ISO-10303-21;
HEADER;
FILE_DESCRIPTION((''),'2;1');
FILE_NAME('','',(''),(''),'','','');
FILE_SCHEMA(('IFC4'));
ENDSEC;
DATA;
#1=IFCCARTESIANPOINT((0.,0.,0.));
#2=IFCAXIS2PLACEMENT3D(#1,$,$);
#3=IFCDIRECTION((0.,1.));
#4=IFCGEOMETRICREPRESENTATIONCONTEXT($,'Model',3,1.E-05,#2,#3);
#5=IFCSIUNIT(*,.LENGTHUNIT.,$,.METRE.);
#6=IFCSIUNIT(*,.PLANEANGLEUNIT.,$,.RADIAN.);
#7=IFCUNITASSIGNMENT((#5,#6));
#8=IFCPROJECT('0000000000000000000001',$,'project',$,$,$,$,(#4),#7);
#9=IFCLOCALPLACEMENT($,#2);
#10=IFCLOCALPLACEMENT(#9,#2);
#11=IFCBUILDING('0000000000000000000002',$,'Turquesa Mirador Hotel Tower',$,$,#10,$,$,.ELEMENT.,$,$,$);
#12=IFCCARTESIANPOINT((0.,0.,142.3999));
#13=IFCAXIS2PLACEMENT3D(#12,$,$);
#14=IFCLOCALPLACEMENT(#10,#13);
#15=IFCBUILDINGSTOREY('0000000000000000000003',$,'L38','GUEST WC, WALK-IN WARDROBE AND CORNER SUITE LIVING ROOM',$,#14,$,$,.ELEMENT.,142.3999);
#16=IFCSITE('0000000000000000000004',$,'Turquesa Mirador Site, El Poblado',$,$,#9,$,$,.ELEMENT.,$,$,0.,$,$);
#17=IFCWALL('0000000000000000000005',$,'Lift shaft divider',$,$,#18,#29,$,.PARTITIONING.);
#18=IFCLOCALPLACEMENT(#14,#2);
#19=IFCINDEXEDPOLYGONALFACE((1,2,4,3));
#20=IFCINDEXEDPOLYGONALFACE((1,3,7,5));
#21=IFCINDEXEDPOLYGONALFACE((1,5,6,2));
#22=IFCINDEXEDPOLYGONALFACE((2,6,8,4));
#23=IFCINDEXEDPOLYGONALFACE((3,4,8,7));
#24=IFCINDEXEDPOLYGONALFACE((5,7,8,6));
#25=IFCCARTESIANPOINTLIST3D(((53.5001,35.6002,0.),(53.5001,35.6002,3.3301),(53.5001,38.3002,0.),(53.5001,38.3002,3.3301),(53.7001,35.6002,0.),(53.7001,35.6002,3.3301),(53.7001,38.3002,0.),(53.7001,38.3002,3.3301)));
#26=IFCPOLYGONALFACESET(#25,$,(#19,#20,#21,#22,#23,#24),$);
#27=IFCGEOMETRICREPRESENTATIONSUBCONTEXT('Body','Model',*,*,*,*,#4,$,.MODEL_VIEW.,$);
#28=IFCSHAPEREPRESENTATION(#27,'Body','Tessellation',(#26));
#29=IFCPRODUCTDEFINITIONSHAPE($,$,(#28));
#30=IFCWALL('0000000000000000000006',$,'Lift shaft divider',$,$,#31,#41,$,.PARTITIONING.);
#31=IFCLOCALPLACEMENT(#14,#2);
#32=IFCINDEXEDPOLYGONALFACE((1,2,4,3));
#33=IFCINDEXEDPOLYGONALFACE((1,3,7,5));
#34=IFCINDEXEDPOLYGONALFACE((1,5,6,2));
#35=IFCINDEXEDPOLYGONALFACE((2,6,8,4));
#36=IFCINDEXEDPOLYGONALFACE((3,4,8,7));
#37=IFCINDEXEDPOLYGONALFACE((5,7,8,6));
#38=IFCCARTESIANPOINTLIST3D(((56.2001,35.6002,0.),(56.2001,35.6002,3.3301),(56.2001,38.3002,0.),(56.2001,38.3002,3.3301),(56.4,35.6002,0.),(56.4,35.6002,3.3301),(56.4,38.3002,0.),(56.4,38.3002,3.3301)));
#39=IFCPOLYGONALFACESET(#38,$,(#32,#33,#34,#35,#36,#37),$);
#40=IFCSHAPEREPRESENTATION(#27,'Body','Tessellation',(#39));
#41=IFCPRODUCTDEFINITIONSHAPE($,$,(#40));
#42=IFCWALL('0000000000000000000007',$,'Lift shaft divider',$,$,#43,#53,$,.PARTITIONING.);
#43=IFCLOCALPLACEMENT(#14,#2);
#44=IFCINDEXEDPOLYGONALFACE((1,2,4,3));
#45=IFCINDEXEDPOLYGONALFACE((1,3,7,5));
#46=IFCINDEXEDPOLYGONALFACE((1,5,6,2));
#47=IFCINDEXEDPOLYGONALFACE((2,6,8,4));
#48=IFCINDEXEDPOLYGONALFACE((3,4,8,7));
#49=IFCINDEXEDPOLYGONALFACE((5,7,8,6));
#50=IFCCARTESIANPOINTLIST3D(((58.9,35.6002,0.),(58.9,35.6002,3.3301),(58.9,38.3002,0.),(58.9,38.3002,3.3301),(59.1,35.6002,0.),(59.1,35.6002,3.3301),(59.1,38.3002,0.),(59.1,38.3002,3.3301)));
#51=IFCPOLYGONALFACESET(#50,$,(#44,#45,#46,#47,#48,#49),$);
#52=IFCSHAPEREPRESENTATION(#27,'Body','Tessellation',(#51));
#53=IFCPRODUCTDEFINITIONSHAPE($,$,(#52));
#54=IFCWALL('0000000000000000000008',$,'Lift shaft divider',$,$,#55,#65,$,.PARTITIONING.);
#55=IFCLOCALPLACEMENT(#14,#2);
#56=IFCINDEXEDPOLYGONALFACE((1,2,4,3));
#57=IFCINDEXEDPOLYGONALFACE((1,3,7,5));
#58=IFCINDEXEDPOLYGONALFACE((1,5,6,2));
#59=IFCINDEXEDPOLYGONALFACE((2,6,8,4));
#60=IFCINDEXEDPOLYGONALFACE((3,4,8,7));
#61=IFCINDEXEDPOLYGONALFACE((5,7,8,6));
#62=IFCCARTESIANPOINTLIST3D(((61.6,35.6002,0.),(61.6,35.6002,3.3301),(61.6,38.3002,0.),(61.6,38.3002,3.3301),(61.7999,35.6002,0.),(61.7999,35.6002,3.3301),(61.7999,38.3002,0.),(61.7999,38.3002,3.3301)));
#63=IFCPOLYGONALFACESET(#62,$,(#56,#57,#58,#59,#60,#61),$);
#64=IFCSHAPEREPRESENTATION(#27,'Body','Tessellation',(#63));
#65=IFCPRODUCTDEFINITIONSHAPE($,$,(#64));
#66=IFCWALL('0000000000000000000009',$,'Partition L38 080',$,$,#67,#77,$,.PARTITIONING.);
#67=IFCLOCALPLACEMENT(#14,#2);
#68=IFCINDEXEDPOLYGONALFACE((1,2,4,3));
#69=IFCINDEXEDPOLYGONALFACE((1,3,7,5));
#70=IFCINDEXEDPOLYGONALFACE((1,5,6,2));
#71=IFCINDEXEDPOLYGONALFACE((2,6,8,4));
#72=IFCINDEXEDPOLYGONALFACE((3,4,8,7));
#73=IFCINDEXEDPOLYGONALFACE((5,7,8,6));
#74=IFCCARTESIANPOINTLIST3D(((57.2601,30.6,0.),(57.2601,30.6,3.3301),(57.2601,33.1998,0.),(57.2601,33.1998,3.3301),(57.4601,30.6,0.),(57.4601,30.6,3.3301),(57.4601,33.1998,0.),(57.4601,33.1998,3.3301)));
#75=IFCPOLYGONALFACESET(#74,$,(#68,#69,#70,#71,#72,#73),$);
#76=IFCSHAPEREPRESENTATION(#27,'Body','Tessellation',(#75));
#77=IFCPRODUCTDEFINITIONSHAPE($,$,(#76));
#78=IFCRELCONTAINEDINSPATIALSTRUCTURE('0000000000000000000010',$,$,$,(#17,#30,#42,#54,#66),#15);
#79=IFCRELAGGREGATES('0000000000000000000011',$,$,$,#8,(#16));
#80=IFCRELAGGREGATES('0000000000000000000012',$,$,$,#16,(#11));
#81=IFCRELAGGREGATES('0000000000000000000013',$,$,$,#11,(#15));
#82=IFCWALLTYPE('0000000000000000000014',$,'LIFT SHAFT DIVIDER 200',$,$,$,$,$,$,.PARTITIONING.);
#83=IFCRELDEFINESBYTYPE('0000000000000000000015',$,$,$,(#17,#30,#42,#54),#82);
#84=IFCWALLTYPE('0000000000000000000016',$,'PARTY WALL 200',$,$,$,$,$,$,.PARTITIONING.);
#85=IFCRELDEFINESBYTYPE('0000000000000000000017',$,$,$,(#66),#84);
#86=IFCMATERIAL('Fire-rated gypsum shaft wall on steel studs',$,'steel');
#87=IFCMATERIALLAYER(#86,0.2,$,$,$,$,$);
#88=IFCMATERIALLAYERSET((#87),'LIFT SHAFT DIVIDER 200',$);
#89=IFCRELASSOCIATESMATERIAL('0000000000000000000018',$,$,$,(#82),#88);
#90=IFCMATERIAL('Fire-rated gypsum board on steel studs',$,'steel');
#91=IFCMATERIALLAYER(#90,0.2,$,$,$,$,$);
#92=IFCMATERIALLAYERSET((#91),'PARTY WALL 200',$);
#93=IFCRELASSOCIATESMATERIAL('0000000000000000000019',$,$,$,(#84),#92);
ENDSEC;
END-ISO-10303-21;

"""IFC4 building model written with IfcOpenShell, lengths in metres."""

from ifc_helpers import new_model, si_unit, direction, frame, frame_2d, origin, place, context, subcontext, project, spatial, rectangle, extrude, material, layer, layer_set, type_object, element, save


model = new_model("IFC4")

# Units and contexts
model_context = context("Model", 3, precision=1e-05, world=origin(), true_north=direction((0.0, 1.0)))
body_context = subcontext(model_context, "Body", "Model", "MODEL_VIEW")
ifc_project = project(units=[si_unit("LENGTHUNIT", "METRE"), si_unit("PLANEANGLEUNIT", "RADIAN")], contexts=[model_context])

# Site, building, storey
site_placement = place(None, origin())
site = spatial("IfcSite", under=ifc_project, at=site_placement, Name="Turquesa Mirador Site, El Poblado", CompositionType="ELEMENT", RefElevation=0.0)
building_placement = place(site_placement, origin())
building = spatial("IfcBuilding", under=site, at=building_placement, Name="Turquesa Mirador Hotel Tower", CompositionType="ELEMENT")
storey_placement = place(building_placement, frame((0.0, 0.0, 142.3999)))
storey = spatial("IfcBuildingStorey", under=building, at=storey_placement, Name="L38", Description="GUEST WC, WALK-IN WARDROBE AND CORNER SUITE LIVING ROOM", CompositionType="ELEMENT", Elevation=142.3999)

# Walls
ifc_material_1 = material(Name="Fire-rated gypsum shaft wall on steel studs", Category="steel")
ifc_layer_1 = layer(ifc_material_1, 0.2)
ifc_layer_set_1 = layer_set([ifc_layer_1], Name="LIFT SHAFT DIVIDER 200")
wall_type_1 = type_object("IfcWallType", Name="LIFT SHAFT DIVIDER 200", PredefinedType="PARTITIONING", material=ifc_layer_set_1)
for number, where, z_axis, x_axis, name in (
    (1, (53.6001, 35.6001, 0.0), (0.0, 0.0, 1.0), (0.0, 1.0, 0.0), "Lift shaft divider"),
    (2, (56.3, 35.6001, 0.0), (0.0, 0.0, 1.0), (0.0, 1.0, 0.0), "Lift shaft divider"),
    (3, (59.0, 35.6001, 0.0), (0.0, 0.0, 1.0), (0.0, 1.0, 0.0), "Lift shaft divider"),
    (4, (61.7, 35.6001, 0.0), (0.0, 0.0, 1.0), (0.0, 1.0, 0.0), "Lift shaft divider"),
):
    element("IfcWall", number, at=place(storey_placement, frame(where, z_axis=z_axis, x_axis=x_axis)), inside=storey, type_object=wall_type_1, Name=name, PredefinedType="PARTITIONING", context=body_context, shape_type="SweptSolid", body=[
        extrude(rectangle(XDim=2.7, YDim=0.2, at=frame_2d((1.3501, 0.0))), origin(), (0.0, 0.0, 1.0), 3.3301),
    ])
ifc_material_2 = material(Name="Fire-rated gypsum board on steel studs", Category="steel")
ifc_layer_2 = layer(ifc_material_2, 0.2)
ifc_layer_set_2 = layer_set([ifc_layer_2], Name="PARTY WALL 200")
wall_type_2 = type_object("IfcWallType", Name="PARTY WALL 200", PredefinedType="PARTITIONING", material=ifc_layer_set_2)
wall_1_placement = place(storey_placement, frame((57.3601, 30.6001, 0.0), z_axis=(0.0, 0.0, 1.0), x_axis=(0.0, 1.0, 0.0)))
element("IfcWall", 5, at=wall_1_placement, inside=storey, type_object=wall_type_2, Name="Partition L38 080", PredefinedType="PARTITIONING", context=body_context, shape_type="SweptSolid", body=[
    extrude(rectangle(XDim=2.5999, YDim=0.2, at=frame_2d((1.2998, 0.0))), origin(), (0.0, 0.0, 1.0), 3.3301),
])

save(model, "model.ifc")
